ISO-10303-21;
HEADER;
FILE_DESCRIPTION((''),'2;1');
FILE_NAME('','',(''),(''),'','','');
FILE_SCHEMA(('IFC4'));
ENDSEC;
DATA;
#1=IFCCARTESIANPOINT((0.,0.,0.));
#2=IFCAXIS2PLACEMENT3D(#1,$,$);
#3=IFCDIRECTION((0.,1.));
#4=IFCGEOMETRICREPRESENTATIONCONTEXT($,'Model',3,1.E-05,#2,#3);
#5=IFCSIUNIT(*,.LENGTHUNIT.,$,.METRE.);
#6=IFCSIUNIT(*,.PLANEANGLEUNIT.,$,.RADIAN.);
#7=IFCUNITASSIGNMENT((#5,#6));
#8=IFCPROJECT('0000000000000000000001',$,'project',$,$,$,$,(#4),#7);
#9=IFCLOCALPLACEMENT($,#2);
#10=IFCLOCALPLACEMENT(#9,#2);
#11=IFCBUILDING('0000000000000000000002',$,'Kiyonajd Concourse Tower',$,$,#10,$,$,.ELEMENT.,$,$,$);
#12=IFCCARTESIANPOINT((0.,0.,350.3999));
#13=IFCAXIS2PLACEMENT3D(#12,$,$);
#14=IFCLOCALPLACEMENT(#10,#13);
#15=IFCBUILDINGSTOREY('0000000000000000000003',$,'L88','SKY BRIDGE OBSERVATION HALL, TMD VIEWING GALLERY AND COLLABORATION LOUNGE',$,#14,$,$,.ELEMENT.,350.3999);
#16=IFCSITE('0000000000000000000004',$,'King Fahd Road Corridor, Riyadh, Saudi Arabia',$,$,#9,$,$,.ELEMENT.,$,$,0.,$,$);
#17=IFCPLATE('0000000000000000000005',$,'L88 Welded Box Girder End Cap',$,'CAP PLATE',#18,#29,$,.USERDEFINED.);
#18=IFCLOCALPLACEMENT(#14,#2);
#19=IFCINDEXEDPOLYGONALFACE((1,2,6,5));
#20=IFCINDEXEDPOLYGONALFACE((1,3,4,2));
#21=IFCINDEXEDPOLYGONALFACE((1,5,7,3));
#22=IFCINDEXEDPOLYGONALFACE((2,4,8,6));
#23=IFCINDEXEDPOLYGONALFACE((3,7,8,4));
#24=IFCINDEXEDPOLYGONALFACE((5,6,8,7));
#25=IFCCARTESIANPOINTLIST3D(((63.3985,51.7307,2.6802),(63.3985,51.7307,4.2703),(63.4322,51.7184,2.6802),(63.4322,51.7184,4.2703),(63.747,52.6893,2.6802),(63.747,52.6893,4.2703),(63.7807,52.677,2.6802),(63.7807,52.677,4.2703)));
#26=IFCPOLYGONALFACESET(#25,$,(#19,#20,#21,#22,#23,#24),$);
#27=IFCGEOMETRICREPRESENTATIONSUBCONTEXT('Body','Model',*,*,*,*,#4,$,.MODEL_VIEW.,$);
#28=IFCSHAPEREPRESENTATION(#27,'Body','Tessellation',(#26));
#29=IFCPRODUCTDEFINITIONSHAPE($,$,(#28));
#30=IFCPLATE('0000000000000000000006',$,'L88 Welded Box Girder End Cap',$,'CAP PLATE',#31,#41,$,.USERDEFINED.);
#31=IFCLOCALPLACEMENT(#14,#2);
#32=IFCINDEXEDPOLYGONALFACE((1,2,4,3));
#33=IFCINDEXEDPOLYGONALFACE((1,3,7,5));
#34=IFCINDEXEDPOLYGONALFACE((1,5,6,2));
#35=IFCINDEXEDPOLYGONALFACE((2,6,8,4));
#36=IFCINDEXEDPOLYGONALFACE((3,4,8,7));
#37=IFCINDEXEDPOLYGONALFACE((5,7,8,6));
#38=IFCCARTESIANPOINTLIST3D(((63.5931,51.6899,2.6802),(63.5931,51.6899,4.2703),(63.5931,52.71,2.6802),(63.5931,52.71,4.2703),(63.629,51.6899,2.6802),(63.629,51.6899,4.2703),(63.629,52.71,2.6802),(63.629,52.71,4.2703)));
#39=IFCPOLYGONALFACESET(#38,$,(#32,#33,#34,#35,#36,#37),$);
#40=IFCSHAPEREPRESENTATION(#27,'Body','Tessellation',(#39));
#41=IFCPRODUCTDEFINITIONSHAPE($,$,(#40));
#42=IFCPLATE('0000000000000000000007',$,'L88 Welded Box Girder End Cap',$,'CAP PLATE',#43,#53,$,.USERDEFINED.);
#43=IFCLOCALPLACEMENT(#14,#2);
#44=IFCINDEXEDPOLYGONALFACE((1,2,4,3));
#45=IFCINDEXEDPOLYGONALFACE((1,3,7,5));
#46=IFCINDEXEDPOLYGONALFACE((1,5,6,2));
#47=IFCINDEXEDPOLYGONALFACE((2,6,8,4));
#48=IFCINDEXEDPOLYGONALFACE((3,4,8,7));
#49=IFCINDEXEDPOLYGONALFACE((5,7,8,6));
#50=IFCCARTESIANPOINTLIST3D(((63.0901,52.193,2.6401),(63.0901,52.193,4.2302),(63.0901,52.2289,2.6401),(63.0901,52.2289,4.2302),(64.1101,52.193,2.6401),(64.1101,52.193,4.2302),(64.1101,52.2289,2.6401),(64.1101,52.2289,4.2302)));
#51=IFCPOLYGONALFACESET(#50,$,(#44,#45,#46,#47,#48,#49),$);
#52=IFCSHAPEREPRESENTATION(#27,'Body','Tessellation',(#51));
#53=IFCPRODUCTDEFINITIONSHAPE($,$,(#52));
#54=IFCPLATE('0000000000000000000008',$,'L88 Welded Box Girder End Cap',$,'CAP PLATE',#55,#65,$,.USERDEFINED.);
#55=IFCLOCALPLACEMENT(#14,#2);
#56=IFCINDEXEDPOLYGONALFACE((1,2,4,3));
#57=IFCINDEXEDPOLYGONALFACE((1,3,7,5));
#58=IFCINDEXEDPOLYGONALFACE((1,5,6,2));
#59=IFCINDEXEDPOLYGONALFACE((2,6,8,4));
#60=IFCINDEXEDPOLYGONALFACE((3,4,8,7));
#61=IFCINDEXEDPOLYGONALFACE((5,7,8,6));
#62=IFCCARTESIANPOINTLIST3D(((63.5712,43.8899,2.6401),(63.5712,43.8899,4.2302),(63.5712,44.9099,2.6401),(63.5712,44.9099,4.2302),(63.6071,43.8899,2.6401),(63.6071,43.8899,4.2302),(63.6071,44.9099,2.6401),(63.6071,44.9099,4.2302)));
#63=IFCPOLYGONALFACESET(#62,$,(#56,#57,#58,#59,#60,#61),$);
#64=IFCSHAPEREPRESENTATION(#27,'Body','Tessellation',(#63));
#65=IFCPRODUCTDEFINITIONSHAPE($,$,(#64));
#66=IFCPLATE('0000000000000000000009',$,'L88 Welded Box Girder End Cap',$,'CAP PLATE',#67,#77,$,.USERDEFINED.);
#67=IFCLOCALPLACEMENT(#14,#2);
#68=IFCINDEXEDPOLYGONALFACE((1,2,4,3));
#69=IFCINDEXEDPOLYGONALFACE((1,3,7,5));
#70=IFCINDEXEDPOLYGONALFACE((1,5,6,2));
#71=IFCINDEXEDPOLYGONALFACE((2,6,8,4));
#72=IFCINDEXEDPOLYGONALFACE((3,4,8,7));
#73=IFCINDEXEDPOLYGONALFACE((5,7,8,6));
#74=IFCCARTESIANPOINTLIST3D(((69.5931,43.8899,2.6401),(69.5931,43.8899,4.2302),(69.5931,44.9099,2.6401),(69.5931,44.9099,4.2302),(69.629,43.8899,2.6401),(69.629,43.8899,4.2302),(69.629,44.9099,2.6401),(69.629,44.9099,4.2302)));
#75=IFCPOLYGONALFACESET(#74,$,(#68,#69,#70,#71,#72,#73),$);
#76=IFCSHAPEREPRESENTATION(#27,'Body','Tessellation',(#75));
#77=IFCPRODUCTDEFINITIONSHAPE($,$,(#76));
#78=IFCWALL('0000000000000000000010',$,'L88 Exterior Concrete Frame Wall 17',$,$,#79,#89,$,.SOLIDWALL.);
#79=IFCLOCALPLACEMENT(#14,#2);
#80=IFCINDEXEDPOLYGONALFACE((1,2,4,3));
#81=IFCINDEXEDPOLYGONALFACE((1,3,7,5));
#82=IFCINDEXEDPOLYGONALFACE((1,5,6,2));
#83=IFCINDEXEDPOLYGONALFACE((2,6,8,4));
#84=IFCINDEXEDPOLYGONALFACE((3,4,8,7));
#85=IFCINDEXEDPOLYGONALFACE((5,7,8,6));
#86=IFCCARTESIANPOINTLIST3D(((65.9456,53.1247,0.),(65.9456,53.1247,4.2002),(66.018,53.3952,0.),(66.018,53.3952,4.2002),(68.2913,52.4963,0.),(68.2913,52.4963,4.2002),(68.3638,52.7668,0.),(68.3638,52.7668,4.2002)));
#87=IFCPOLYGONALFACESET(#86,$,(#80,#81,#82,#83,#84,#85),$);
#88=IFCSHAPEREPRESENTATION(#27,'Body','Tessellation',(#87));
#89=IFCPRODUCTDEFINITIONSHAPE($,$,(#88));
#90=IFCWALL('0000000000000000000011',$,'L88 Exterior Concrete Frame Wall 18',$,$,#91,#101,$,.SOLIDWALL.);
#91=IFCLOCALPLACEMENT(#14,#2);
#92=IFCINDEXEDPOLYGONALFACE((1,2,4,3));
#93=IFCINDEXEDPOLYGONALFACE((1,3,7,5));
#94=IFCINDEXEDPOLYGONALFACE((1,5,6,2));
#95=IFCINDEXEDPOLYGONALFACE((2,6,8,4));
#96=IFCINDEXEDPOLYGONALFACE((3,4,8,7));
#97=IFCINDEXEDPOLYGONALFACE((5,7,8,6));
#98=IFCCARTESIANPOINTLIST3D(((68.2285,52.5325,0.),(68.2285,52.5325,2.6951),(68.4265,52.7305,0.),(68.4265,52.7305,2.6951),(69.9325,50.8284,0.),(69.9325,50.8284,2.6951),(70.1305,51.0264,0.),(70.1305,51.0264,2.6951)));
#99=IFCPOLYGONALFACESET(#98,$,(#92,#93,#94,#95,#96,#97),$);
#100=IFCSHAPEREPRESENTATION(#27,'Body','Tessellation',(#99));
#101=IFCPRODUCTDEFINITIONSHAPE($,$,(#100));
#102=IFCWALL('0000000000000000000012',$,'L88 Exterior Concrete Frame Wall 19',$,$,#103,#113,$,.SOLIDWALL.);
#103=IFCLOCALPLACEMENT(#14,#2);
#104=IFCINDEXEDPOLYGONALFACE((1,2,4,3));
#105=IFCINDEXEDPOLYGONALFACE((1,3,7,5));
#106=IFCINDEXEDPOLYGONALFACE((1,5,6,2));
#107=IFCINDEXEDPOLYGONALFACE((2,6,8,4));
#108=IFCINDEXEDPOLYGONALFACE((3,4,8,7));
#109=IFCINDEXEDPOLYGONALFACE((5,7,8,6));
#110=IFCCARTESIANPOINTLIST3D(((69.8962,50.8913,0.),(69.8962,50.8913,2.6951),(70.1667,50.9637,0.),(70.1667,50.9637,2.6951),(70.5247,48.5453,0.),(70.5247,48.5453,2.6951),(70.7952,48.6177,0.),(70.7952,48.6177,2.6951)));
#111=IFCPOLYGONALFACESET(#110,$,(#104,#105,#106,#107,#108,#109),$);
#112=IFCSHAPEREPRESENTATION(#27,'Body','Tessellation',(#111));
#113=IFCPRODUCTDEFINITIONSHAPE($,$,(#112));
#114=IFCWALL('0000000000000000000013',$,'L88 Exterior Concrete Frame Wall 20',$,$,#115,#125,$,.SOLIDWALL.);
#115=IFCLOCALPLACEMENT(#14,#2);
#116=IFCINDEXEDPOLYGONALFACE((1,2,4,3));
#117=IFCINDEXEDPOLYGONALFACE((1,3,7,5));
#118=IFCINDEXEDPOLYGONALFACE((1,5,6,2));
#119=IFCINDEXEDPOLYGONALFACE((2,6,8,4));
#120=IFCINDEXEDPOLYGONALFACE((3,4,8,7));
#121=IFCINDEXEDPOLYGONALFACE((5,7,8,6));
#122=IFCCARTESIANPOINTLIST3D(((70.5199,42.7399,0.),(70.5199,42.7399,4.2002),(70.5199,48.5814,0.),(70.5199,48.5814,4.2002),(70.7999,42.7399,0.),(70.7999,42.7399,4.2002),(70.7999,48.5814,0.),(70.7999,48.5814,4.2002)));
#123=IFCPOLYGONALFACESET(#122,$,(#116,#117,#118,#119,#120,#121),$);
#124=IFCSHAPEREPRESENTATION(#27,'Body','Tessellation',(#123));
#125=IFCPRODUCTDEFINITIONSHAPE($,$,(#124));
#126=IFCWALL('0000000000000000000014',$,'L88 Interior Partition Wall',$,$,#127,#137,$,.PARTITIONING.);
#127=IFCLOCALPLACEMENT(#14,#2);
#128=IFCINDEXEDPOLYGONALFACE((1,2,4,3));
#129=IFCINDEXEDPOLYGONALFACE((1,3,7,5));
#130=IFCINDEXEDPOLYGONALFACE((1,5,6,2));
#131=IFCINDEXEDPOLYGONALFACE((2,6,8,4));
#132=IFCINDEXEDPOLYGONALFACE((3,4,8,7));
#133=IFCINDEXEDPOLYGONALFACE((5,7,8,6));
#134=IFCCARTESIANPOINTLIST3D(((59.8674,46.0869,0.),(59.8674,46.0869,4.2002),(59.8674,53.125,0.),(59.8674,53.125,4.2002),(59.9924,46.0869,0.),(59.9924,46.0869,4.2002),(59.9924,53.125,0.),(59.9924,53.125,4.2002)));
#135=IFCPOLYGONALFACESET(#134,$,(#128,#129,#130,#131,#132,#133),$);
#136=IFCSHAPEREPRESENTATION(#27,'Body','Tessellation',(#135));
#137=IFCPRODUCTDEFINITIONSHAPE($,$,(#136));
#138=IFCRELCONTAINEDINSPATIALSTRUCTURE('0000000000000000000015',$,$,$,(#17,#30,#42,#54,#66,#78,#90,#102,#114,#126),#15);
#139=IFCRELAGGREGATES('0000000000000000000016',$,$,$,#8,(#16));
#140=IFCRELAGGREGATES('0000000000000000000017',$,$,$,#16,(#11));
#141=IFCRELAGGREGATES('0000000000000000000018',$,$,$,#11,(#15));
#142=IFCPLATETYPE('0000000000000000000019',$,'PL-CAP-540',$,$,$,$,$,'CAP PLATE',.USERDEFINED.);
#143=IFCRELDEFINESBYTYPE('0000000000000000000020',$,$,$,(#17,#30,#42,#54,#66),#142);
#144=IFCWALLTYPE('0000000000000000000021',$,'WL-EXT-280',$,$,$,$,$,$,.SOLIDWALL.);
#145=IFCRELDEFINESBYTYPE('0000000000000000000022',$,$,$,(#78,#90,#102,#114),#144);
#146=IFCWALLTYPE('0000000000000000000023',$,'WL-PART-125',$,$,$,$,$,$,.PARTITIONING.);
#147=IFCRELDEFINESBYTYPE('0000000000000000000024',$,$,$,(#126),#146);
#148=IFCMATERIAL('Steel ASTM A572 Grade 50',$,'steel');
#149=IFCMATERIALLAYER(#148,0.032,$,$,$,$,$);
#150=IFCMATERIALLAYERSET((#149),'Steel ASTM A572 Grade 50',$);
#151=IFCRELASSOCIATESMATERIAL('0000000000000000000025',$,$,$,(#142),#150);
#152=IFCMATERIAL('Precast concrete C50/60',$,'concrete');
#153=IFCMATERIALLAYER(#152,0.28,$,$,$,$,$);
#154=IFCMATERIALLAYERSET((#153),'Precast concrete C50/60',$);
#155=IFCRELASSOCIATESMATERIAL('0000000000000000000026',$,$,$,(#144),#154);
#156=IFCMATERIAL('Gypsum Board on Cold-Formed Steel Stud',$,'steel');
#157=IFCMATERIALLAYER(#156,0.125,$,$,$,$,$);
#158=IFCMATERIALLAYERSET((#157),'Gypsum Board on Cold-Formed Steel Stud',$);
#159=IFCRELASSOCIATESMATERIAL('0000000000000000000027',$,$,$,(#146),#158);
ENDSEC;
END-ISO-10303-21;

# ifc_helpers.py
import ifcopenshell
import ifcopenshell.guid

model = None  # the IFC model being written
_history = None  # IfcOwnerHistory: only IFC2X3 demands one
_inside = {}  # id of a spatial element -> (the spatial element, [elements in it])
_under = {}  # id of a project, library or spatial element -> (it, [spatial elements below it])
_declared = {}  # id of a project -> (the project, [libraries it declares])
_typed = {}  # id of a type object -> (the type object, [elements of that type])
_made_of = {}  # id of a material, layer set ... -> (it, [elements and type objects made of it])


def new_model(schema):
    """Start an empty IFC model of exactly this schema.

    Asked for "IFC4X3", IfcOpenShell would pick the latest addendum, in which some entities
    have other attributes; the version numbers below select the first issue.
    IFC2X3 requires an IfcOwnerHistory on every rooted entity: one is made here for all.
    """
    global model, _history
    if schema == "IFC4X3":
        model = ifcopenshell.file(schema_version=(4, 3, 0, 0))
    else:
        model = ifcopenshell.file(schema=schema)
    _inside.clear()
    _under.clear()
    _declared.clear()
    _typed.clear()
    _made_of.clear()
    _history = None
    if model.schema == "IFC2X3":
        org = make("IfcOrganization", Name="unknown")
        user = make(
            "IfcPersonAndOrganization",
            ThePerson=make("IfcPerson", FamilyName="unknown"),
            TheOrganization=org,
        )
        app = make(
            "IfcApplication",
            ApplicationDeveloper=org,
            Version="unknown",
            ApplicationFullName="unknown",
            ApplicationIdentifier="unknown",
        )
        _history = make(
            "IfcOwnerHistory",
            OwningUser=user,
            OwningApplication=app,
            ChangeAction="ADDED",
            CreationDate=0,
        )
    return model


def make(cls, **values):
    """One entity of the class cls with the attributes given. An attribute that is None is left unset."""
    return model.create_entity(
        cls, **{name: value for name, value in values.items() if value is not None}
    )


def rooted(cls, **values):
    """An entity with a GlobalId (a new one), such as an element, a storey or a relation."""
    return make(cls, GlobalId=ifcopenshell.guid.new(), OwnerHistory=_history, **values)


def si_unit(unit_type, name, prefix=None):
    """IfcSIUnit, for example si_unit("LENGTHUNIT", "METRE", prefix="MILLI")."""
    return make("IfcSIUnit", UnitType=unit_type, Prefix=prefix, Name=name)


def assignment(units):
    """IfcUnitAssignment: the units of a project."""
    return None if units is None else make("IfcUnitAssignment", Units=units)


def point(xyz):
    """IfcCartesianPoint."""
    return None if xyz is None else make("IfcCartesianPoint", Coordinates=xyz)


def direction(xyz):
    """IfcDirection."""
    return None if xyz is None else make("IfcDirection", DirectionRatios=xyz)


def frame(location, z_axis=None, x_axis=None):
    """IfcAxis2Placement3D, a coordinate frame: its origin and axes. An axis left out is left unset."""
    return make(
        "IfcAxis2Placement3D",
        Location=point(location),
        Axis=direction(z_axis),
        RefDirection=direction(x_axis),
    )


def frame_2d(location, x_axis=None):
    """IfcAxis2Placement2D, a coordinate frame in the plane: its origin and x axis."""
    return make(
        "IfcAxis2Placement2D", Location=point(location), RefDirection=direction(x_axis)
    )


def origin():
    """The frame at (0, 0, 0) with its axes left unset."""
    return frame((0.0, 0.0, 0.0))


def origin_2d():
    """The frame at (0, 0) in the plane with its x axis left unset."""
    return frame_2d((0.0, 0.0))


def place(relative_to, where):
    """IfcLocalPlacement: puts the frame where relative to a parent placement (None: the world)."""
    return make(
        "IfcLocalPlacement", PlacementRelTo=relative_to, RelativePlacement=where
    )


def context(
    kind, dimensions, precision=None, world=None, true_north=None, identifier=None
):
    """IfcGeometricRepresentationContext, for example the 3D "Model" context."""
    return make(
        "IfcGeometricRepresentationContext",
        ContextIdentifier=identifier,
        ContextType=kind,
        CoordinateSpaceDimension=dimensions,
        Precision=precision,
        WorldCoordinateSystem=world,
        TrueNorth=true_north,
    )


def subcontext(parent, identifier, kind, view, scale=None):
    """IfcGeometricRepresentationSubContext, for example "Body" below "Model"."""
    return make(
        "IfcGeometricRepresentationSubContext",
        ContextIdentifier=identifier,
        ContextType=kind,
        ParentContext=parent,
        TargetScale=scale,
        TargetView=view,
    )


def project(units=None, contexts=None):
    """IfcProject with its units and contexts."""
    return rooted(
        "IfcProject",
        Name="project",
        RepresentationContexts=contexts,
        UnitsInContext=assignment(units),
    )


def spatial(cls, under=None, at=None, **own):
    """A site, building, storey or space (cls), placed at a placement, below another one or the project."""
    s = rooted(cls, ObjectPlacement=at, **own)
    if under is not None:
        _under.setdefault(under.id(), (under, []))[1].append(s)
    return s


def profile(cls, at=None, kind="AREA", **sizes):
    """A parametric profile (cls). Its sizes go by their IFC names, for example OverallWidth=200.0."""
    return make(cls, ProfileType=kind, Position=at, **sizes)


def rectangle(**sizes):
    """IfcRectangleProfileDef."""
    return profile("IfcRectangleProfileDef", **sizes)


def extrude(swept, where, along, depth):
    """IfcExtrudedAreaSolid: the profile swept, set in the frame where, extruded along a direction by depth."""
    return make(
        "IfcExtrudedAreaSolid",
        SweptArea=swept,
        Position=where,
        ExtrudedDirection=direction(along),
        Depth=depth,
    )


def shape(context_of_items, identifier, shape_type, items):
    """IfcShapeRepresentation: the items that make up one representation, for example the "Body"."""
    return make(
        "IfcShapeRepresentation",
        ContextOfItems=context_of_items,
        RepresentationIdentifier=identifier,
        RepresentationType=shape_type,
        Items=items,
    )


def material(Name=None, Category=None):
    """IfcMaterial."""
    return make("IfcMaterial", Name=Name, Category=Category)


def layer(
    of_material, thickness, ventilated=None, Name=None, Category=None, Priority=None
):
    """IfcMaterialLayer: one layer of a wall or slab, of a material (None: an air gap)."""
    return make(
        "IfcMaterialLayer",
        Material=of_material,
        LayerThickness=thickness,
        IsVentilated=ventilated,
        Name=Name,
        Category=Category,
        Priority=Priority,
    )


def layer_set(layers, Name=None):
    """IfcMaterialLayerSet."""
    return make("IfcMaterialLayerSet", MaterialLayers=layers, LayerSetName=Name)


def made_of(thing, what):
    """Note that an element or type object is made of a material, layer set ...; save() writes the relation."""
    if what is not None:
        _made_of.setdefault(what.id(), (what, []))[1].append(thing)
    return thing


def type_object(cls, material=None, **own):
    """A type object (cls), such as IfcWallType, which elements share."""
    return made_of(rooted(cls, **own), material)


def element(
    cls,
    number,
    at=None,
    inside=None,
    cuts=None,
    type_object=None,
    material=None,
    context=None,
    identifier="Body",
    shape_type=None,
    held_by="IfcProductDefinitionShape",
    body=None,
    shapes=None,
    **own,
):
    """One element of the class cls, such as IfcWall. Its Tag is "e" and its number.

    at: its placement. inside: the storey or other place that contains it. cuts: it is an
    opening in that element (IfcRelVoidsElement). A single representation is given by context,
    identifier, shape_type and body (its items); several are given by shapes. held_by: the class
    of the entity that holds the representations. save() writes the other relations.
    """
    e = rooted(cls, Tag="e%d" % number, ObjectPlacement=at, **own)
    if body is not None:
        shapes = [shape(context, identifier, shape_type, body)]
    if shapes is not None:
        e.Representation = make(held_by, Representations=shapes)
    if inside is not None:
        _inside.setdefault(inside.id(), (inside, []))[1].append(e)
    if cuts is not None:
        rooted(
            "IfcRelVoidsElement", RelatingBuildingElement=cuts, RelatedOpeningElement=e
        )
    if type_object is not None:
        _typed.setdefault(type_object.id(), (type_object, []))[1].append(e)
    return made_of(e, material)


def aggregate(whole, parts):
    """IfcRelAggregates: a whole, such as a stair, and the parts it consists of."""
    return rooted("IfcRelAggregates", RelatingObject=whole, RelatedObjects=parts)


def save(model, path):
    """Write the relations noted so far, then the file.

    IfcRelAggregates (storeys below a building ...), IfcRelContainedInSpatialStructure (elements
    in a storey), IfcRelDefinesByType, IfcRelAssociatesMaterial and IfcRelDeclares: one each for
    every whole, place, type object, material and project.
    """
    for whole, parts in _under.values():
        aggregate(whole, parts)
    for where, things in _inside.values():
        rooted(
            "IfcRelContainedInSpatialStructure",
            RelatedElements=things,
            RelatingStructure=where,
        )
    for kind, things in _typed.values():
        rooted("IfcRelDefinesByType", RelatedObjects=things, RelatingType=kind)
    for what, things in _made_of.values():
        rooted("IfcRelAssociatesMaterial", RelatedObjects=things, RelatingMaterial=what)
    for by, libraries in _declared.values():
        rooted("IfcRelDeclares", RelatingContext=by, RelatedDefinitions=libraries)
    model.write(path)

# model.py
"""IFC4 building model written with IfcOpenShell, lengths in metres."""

from ifc_helpers import new_model, si_unit, direction, frame, frame_2d, origin, origin_2d, place, context, subcontext, project, spatial, rectangle, extrude, material, layer, layer_set, type_object, element, save


model = new_model("IFC4")

# Units and contexts
model_context = context("Model", 3, precision=1e-05, world=origin(), true_north=direction((0.0, 1.0)))
body_context = subcontext(model_context, "Body", "Model", "MODEL_VIEW")
ifc_project = project(units=[si_unit("LENGTHUNIT", "METRE"), si_unit("PLANEANGLEUNIT", "RADIAN")], contexts=[model_context])

# Site, building, storey
site_placement = place(None, origin())
site = spatial("IfcSite", under=ifc_project, at=site_placement, Name="King Fahd Road Corridor, Riyadh, Saudi Arabia", CompositionType="ELEMENT", RefElevation=0.0)
building_placement = place(site_placement, origin())
building = spatial("IfcBuilding", under=site, at=building_placement, Name="Kiyonajd Concourse Tower", CompositionType="ELEMENT")
storey_placement = place(building_placement, frame((0.0, 0.0, 350.3999)))
storey = spatial("IfcBuildingStorey", under=building, at=storey_placement, Name="L88", Description="SKY BRIDGE OBSERVATION HALL, TMD VIEWING GALLERY AND COLLABORATION LOUNGE", CompositionType="ELEMENT", Elevation=350.3999)

# Shared definitions
ifc_material_1 = material(Name="Steel ASTM A572 Grade 50", Category="steel")

# Plates
ifc_layer_1 = layer(ifc_material_1, 0.032)
ifc_layer_set_1 = layer_set([ifc_layer_1], Name="Steel ASTM A572 Grade 50")
plate_type_1 = type_object("IfcPlateType", Name="PL-CAP-540", ElementType="CAP PLATE", PredefinedType="USERDEFINED", material=ifc_layer_set_1)
for number, where, z_axis, x_axis, name in (
    (1, (63.5896, 52.2039, 2.6802), (0.0, 0.0, 1.0), (-0.939812, 0.341692, 0.0), "L88 Welded Box Girder End Cap"),
    (2, (63.6111, 52.2, 2.6802), (0.0, 0.0, 1.0), (1.0, 0.0, 0.0), "L88 Welded Box Girder End Cap"),
    (3, (63.6001, 52.2109, 2.6401), (0.0, 0.0, 1.0), (0.0, 1.0, 0.0), "L88 Welded Box Girder End Cap"),
    (4, (63.5891, 44.3999, 2.6401), (0.0, 0.0, 1.0), (-1.0, 0.0, 0.0), "L88 Welded Box Girder End Cap"),
    (5, (69.6111, 44.3999, 2.6401), (0.0, 0.0, 1.0), (1.0, 0.0, 0.0), "L88 Welded Box Girder End Cap"),
):
    element("IfcPlate", number, at=place(storey_placement, frame(where, z_axis=z_axis, x_axis=x_axis)), inside=storey, type_object=plate_type_1, Name=name, ObjectType="CAP PLATE", PredefinedType="USERDEFINED", context=body_context, shape_type="SweptSolid", body=[
        extrude(rectangle(XDim=0.0359, YDim=1.02, at=origin_2d()), origin(), (0.0, 0.0, 1.0), 1.5901),
    ])

# Walls
ifc_material_2 = material(Name="Precast concrete C50/60", Category="concrete")
ifc_layer_2 = layer(ifc_material_2, 0.28)
ifc_layer_set_2 = layer_set([ifc_layer_2], Name="Precast concrete C50/60")
wall_type_1 = type_object("IfcWallType", Name="WL-EXT-280", PredefinedType="SOLIDWALL", material=ifc_layer_set_2)
wall_1_placement = place(storey_placement, frame((65.9817, 53.26, 0.0), z_axis=(0.0, 0.0, 1.0), x_axis=(0.965937, -0.258776, 0.0)))
element("IfcWall", 6, at=wall_1_placement, inside=storey, type_object=wall_type_1, Name="L88 Exterior Concrete Frame Wall 17", PredefinedType="SOLIDWALL", context=body_context, shape_type="SweptSolid", body=[
    extrude(rectangle(XDim=2.4285, YDim=0.28, at=frame_2d((1.2144, 0.0))), origin(), (0.0, 0.0, 1.0), 4.2002),
])
wall_2_placement = place(storey_placement, frame((68.3274, 52.6316, 0.0), z_axis=(0.0, 0.0, 1.0), x_axis=(0.707107, -0.707107, 0.0)))
element("IfcWall", 7, at=wall_2_placement, inside=storey, type_object=wall_type_1, Name="L88 Exterior Concrete Frame Wall 18", PredefinedType="SOLIDWALL", context=body_context, shape_type="SweptSolid", body=[
    extrude(rectangle(XDim=2.4099, YDim=0.28, at=frame_2d((1.2051, 0.0))), origin(), (0.0, 0.0, 1.0), 2.6951),
])
wall_3_placement = place(storey_placement, frame((70.0315, 50.9275, 0.0), z_axis=(0.0, 0.0, 1.0), x_axis=(0.258751, -0.965944, 0.0)))
element("IfcWall", 8, at=wall_3_placement, inside=storey, type_object=wall_type_1, Name="L88 Exterior Concrete Frame Wall 19", PredefinedType="SOLIDWALL", context=body_context, shape_type="SweptSolid", body=[
    extrude(rectangle(XDim=2.4287, YDim=0.28, at=frame_2d((1.2144, 0.0))), origin(), (0.0, 0.0, 1.0), 2.6951),
])
wall_4_placement = place(storey_placement, frame((70.6599, 48.5815, 0.0), z_axis=(0.0, 0.0, 1.0), x_axis=(0.0, -1.0, 0.0)))
element("IfcWall", 9, at=wall_4_placement, inside=storey, type_object=wall_type_1, Name="L88 Exterior Concrete Frame Wall 20", PredefinedType="SOLIDWALL", context=body_context, shape_type="SweptSolid", body=[
    extrude(rectangle(XDim=5.8416, YDim=0.28, at=frame_2d((2.9209, 0.0))), origin(), (0.0, 0.0, 1.0), 4.2002),
])
ifc_material_3 = material(Name="Gypsum Board on Cold-Formed Steel Stud", Category="steel")
ifc_layer_3 = layer(ifc_material_3, 0.125)
ifc_layer_set_3 = layer_set([ifc_layer_3], Name="Gypsum Board on Cold-Formed Steel Stud")
wall_type_2 = type_object("IfcWallType", Name="WL-PART-125", PredefinedType="PARTITIONING", material=ifc_layer_set_3)
wall_5_placement = place(storey_placement, frame((59.9299, 46.0869, 0.0), z_axis=(0.0, 0.0, 1.0), x_axis=(0.0, 1.0, 0.0)))
element("IfcWall", 10, at=wall_5_placement, inside=storey, type_object=wall_type_2, Name="L88 Interior Partition Wall", PredefinedType="PARTITIONING", context=body_context, shape_type="SweptSolid", body=[
    extrude(rectangle(XDim=7.0381, YDim=0.125, at=frame_2d((3.519, 0.0))), origin(), (0.0, 0.0, 1.0), 4.2002),
])

save(model, "model.ifc")
